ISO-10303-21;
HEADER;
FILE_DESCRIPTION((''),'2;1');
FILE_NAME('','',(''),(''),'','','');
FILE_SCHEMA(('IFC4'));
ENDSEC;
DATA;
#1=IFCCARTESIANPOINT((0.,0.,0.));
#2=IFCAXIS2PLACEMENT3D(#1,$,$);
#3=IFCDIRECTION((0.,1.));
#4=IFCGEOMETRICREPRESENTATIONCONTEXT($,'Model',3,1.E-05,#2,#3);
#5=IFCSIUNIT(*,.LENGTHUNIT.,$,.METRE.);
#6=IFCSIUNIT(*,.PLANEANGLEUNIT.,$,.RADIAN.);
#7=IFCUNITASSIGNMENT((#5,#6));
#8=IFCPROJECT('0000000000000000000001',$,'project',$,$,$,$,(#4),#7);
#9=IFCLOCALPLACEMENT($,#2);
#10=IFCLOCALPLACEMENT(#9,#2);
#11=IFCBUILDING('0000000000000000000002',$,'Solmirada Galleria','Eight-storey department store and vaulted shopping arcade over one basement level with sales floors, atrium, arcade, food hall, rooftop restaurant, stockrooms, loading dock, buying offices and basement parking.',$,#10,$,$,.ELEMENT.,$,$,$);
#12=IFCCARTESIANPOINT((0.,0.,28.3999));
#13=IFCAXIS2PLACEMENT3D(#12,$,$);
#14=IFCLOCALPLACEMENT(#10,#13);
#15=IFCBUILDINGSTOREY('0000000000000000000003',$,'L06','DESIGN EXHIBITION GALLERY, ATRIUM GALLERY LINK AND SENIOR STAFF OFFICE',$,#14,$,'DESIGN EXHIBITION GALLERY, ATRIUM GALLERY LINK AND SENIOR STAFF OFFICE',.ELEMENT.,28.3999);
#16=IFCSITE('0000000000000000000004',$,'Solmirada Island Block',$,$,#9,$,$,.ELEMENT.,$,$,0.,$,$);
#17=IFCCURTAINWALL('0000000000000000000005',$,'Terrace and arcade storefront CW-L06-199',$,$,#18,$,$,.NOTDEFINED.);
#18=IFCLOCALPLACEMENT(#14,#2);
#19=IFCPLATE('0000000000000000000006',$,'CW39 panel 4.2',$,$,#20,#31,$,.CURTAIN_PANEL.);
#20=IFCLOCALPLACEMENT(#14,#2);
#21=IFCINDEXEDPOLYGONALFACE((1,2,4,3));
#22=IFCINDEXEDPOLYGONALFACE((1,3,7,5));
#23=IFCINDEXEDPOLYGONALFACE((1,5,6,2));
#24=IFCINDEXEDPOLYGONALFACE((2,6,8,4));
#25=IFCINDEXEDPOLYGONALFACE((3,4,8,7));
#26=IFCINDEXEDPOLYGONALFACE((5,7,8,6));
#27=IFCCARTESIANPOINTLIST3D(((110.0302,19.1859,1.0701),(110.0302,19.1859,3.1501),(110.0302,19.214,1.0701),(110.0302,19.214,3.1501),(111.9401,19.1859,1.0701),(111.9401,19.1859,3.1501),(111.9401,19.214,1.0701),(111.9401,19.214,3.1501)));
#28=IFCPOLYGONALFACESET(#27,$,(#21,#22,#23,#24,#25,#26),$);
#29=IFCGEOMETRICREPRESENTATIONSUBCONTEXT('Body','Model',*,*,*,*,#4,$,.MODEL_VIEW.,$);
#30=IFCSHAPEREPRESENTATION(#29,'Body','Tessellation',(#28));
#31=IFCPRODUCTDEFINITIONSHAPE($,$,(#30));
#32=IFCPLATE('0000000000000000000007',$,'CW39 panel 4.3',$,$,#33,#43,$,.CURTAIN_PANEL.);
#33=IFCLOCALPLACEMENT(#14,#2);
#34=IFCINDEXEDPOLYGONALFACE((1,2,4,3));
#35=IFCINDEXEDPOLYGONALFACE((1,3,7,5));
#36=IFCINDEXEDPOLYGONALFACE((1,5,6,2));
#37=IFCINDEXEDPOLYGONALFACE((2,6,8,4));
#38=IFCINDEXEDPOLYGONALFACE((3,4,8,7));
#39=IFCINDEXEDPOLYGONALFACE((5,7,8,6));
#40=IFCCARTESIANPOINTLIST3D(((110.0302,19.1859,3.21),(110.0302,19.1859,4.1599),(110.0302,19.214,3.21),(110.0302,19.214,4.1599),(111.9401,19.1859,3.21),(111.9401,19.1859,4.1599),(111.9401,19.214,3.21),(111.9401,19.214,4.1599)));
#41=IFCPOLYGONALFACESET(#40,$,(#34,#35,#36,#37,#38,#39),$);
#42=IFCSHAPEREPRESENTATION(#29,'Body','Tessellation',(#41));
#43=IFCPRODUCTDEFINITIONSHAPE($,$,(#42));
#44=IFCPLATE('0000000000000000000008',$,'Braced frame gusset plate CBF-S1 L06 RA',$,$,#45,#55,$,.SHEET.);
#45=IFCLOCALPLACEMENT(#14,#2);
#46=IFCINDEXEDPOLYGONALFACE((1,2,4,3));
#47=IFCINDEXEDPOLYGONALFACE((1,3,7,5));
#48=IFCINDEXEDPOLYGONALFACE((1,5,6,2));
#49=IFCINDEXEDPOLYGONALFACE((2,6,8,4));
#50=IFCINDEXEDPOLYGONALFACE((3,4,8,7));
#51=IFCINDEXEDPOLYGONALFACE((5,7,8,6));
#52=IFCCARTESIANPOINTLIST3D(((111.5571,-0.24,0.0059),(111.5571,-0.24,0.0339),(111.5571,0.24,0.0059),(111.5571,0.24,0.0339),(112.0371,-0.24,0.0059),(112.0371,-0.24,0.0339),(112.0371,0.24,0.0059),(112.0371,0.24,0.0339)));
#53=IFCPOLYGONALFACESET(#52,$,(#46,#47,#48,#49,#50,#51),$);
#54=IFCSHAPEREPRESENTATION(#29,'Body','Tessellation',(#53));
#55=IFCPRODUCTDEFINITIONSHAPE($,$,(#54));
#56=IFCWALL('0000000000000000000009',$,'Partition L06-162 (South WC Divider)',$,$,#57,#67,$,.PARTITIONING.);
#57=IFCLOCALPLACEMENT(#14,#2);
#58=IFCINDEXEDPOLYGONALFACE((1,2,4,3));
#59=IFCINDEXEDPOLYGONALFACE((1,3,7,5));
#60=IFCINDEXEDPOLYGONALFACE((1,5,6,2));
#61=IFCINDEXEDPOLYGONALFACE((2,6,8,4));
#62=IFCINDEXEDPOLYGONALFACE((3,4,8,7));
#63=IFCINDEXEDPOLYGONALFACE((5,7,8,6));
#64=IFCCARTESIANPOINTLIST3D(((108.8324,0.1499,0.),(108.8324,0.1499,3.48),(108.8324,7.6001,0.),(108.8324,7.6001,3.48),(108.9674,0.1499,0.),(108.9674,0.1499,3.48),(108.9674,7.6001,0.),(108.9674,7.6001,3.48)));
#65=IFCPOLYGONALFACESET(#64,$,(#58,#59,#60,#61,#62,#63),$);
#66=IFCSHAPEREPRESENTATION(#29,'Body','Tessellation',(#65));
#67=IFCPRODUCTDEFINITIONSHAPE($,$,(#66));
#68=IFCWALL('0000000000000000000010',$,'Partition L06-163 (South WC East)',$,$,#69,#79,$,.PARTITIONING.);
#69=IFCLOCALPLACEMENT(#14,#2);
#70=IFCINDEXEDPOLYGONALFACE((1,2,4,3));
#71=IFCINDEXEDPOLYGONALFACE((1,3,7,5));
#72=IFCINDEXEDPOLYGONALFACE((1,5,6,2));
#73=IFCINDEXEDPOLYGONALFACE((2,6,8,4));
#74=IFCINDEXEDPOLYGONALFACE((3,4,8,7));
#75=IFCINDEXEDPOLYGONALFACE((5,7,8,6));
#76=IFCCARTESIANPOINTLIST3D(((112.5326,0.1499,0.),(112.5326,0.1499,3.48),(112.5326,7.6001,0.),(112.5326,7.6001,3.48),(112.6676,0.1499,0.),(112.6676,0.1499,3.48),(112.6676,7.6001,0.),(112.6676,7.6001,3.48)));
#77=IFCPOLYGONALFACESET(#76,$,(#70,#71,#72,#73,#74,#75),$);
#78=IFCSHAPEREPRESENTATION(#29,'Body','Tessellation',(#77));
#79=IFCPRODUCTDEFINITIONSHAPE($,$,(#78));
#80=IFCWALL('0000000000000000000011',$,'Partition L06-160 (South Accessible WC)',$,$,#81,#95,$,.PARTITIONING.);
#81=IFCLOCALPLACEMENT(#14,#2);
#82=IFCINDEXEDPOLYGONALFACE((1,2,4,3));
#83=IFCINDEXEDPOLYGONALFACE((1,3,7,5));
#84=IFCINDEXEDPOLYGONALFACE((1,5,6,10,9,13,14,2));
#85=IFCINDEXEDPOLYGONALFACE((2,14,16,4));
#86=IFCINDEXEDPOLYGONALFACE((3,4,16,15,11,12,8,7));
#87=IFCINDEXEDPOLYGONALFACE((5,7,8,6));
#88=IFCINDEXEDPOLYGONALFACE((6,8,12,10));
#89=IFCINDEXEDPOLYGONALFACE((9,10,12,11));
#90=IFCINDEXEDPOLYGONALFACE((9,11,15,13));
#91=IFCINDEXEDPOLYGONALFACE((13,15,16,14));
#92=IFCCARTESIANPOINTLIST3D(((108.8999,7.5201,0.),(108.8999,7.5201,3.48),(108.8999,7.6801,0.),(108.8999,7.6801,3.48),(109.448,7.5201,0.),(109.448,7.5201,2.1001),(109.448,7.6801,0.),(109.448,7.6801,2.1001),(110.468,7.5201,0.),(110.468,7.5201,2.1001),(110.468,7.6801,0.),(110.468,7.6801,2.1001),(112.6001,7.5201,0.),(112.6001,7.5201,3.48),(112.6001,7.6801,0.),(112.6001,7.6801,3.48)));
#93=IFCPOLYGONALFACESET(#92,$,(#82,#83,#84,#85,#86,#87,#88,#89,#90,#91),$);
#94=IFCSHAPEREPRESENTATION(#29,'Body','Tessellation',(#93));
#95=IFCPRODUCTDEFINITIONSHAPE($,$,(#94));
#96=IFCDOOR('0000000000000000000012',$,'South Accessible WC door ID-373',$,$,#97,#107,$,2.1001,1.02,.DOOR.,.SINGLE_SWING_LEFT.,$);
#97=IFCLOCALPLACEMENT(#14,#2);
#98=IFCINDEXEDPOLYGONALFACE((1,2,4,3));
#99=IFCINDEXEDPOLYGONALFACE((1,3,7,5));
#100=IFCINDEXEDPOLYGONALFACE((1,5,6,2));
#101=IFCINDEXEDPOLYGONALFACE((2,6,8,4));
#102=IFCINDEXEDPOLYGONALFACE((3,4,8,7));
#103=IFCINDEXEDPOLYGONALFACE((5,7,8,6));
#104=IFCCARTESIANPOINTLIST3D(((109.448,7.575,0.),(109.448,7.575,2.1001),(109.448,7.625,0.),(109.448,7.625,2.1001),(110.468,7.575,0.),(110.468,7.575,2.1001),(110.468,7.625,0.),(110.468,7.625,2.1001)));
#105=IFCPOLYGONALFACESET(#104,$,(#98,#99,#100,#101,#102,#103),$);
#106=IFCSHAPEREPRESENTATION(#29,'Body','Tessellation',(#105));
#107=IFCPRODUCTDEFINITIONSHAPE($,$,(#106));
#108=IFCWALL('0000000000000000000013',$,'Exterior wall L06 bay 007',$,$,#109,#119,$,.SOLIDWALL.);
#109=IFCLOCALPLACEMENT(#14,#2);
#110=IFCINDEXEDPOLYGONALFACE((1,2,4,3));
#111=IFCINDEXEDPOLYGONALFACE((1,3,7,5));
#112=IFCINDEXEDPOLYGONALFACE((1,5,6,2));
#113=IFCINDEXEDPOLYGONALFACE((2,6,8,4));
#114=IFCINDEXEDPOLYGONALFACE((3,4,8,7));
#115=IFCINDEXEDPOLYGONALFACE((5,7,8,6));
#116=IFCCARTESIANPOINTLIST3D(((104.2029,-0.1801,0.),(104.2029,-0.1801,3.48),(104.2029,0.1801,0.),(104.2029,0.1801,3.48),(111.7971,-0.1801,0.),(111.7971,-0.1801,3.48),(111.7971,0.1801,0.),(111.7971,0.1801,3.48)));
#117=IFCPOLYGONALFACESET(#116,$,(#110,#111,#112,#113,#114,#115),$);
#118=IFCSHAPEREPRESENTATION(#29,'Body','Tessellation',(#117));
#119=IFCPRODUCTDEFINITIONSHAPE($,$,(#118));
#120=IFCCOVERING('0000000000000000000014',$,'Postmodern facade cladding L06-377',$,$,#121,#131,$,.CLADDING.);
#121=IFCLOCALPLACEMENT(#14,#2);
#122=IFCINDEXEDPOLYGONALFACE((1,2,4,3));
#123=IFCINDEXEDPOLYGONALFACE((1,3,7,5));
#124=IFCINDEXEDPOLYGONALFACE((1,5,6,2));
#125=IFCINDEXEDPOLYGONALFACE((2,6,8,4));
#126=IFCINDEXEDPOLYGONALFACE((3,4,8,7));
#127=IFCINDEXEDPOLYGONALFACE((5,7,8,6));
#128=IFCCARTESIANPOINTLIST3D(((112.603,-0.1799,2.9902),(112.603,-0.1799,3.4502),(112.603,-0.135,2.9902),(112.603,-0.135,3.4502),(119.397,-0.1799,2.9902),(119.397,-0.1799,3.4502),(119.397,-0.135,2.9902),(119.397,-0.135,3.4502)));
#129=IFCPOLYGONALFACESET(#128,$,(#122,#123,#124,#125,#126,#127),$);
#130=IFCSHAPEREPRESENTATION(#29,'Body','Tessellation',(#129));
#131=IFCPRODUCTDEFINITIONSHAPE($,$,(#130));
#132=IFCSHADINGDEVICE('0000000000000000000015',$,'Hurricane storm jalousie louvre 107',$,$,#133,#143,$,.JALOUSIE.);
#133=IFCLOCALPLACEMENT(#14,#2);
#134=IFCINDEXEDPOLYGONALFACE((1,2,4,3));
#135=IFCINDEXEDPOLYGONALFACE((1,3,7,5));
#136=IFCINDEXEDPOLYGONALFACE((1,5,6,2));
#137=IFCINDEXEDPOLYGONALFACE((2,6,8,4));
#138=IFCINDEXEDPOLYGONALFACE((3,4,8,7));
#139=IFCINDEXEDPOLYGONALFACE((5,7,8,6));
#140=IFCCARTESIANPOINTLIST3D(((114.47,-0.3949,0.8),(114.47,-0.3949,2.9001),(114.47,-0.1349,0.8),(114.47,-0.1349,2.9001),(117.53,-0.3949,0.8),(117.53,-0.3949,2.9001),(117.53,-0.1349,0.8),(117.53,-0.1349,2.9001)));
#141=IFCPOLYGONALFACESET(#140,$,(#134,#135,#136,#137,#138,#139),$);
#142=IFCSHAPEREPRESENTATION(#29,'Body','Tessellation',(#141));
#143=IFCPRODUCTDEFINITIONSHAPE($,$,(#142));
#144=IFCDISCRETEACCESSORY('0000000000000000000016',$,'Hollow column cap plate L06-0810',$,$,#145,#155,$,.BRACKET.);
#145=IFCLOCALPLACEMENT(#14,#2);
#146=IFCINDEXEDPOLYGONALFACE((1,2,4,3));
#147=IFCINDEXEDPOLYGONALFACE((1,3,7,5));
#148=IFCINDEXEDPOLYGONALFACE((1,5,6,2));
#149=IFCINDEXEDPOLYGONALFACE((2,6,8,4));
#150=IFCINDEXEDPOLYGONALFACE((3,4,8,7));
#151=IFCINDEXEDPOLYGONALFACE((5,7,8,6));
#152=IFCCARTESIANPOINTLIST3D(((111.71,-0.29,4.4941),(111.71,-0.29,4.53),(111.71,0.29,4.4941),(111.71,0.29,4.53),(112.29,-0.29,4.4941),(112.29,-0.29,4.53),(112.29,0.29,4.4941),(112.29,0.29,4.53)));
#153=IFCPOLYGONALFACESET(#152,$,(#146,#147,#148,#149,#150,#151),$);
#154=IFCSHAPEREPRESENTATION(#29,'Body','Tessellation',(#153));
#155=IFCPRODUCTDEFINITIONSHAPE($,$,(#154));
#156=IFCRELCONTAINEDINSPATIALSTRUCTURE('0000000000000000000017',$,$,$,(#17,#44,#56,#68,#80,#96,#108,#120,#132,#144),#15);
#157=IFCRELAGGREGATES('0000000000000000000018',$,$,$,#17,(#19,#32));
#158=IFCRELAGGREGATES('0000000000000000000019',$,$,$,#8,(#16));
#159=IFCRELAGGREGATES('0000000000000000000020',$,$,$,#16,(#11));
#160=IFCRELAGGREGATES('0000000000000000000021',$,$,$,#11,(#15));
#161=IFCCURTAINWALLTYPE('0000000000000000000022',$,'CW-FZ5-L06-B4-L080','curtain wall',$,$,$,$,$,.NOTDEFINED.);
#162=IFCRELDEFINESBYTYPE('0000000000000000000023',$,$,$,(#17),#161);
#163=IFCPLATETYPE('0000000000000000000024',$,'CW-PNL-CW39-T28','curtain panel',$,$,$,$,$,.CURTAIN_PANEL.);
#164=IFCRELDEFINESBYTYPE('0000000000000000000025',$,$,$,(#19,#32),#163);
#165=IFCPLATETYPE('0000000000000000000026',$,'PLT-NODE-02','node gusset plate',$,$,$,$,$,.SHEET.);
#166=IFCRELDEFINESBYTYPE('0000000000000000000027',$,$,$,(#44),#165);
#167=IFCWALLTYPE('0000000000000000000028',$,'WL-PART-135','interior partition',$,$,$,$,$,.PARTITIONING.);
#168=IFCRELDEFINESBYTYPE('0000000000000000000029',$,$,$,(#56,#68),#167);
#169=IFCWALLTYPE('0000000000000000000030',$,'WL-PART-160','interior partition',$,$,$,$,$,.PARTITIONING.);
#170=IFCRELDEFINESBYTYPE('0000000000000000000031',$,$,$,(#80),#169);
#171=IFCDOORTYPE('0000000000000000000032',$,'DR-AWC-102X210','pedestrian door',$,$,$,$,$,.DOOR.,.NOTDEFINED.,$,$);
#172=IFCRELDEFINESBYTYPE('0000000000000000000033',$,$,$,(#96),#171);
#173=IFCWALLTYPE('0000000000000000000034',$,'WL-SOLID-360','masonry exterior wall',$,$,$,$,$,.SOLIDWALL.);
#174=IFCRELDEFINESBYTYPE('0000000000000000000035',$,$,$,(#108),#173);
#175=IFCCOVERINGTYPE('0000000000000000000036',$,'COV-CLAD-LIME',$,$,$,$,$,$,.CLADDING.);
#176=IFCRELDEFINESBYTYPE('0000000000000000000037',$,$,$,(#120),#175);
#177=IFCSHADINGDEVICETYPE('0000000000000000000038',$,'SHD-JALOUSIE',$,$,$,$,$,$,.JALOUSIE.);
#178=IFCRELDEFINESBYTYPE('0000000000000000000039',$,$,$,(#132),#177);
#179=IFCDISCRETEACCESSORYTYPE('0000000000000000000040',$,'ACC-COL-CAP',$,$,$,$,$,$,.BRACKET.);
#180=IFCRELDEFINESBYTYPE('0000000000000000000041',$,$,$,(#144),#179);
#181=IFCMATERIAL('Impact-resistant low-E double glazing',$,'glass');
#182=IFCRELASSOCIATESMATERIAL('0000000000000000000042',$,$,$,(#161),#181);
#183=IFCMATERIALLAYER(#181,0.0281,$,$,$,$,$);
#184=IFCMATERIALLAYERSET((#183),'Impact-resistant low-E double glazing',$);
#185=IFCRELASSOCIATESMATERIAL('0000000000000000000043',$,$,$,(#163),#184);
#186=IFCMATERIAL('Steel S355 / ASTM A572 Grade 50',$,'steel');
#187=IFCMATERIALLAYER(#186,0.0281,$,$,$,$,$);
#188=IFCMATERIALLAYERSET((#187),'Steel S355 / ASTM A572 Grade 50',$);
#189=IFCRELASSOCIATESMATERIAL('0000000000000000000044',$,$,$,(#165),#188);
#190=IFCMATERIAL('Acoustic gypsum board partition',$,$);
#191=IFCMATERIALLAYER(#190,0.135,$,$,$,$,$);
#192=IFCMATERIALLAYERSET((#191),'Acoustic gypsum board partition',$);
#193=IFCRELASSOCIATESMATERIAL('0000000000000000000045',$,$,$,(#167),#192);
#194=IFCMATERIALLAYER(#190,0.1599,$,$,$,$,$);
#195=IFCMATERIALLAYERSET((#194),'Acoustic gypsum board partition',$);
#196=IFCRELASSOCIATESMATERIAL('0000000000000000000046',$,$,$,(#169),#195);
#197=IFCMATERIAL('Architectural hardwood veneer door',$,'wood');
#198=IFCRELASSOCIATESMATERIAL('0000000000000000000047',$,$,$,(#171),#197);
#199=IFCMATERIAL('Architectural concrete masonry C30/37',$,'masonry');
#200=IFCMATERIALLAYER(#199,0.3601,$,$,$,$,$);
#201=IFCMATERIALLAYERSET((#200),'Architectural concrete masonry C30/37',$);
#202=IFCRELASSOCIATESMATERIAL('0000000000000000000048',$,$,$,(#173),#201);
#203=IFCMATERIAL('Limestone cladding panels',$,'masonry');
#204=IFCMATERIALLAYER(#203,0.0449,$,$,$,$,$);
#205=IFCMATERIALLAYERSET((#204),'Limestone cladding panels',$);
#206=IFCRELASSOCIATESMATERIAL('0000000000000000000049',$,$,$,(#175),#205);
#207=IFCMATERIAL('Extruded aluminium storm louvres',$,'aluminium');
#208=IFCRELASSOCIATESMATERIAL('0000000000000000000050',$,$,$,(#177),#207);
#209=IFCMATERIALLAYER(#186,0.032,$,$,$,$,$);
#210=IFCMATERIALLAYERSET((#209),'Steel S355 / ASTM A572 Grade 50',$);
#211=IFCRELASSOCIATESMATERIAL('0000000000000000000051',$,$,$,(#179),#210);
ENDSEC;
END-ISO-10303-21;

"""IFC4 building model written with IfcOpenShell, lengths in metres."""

from ifc_helpers import new_model, si_unit, direction, frame, frame_2d, origin, origin_2d, place, context, subcontext, project, spatial, rectangle, extrude, material, layer, layer_set, type_object, element, fill, aggregate, save


model = new_model("IFC4")

# Units and contexts
model_context = context("Model", 3, precision=1e-05, world=origin(), true_north=direction((0.0, 1.0)))
body_context = subcontext(model_context, "Body", "Model", "MODEL_VIEW")
ifc_project = project(units=[si_unit("LENGTHUNIT", "METRE"), si_unit("PLANEANGLEUNIT", "RADIAN")], contexts=[model_context])

# Site, building, storey
site_placement = place(None, origin())
site = spatial("IfcSite", under=ifc_project, at=site_placement, Name="Solmirada Island Block", CompositionType="ELEMENT", RefElevation=0.0)
building_placement = place(site_placement, origin())
building = spatial("IfcBuilding", under=site, at=building_placement, Name="Solmirada Galleria", Description="Eight-storey department store and vaulted shopping arcade over one basement level with sales floors, atrium, arcade, food hall, rooftop restaurant, stockrooms, loading dock, buying offices and basement parking.", CompositionType="ELEMENT")
storey_placement = place(building_placement, frame((0.0, 0.0, 28.3999)))
storey = spatial("IfcBuildingStorey", under=building, at=storey_placement, Name="L06", Description="DESIGN EXHIBITION GALLERY, ATRIUM GALLERY LINK AND SENIOR STAFF OFFICE", LongName="DESIGN EXHIBITION GALLERY, ATRIUM GALLERY LINK AND SENIOR STAFF OFFICE", CompositionType="ELEMENT", Elevation=28.3999)

# Curtain wall
ifc_material_1 = material(Name="Impact-resistant low-E double glazing", Category="glass")
curtain_wall_type = type_object("IfcCurtainWallType", Name="CW-FZ5-L06-B4-L080", Description="curtain wall", PredefinedType="NOTDEFINED", material=ifc_material_1)
curtain_wall_placement = place(storey_placement, origin())
curtain_wall = element("IfcCurtainWall", 1, at=curtain_wall_placement, inside=storey, type_object=curtain_wall_type, Name="Terrace and arcade storefront CW-L06-199", PredefinedType="NOTDEFINED")

# Plates
ifc_layer_1 = layer(ifc_material_1, 0.0281)
ifc_layer_set_1 = layer_set([ifc_layer_1], Name="Impact-resistant low-E double glazing")
plate_type_1 = type_object("IfcPlateType", Name="CW-PNL-CW39-T28", Description="curtain panel", PredefinedType="CURTAIN_PANEL", material=ifc_layer_set_1)
plate_1_placement = place(storey_placement, frame((110.9851, 19.2, 1.0701), z_axis=(0.0, 0.0, 1.0), x_axis=(1.0, 0.0, 0.0)))
plate_1 = element("IfcPlate", 2, at=plate_1_placement, type_object=plate_type_1, Name="CW39 panel 4.2", PredefinedType="CURTAIN_PANEL", context=body_context, shape_type="SweptSolid", body=[
    extrude(rectangle(XDim=1.9099, YDim=0.0281, at=origin_2d()), origin(), (0.0, 0.0, 1.0), 2.0801),
])
plate_2_placement = place(storey_placement, frame((110.9851, 19.2, 3.21), z_axis=(0.0, 0.0, 1.0), x_axis=(1.0, 0.0, 0.0)))
plate_2 = element("IfcPlate", 3, at=plate_2_placement, type_object=plate_type_1, Name="CW39 panel 4.3", PredefinedType="CURTAIN_PANEL", context=body_context, shape_type="SweptSolid", body=[
    extrude(rectangle(XDim=1.9099, YDim=0.0281, at=origin_2d()), origin(), (0.0, 0.0, 1.0), 0.95),
])
aggregate(curtain_wall, [plate_1, plate_2])
ifc_material_2 = material(Name="Steel S355 / ASTM A572 Grade 50", Category="steel")
ifc_layer_2 = layer(ifc_material_2, 0.0281)
ifc_layer_set_2 = layer_set([ifc_layer_2], Name="Steel S355 / ASTM A572 Grade 50")
plate_type_2 = type_object("IfcPlateType", Name="PLT-NODE-02", Description="node gusset plate", PredefinedType="SHEET", material=ifc_layer_set_2)
plate_3_placement = place(storey_placement, frame((111.7971, 0.0, 0.0059), z_axis=(0.0, 0.0, 1.0), x_axis=(1.0, 0.0, 0.0)))
element("IfcPlate", 4, at=plate_3_placement, inside=storey, type_object=plate_type_2, Name="Braced frame gusset plate CBF-S1 L06 RA", PredefinedType="SHEET", context=body_context, shape_type="SweptSolid", body=[
    extrude(rectangle(XDim=0.48, YDim=0.48, at=origin_2d()), origin(), (0.0, 0.0, 1.0), 0.0281),
])

# Walls
ifc_material_3 = material(Name="Acoustic gypsum board partition")
ifc_layer_3 = layer(ifc_material_3, 0.135)
ifc_layer_set_3 = layer_set([ifc_layer_3], Name="Acoustic gypsum board partition")
wall_type_1 = type_object("IfcWallType", Name="WL-PART-135", Description="interior partition", PredefinedType="PARTITIONING", material=ifc_layer_set_3)
for number, where, z_axis, x_axis, name in (
    (5, (108.8999, 0.1499, 0.0), (0.0, 0.0, 1.0), (0.0, 1.0, 0.0), "Partition L06-162 (South WC Divider)"),
    (6, (112.6001, 0.1499, 0.0), (0.0, 0.0, 1.0), (0.0, 1.0, 0.0), "Partition L06-163 (South WC East)"),
):
    element("IfcWall", number, at=place(storey_placement, frame(where, z_axis=z_axis, x_axis=x_axis)), inside=storey, type_object=wall_type_1, Name=name, PredefinedType="PARTITIONING", context=body_context, shape_type="SweptSolid", body=[
        extrude(rectangle(XDim=7.4502, YDim=0.135, at=frame_2d((3.7251, 0.0))), origin(), (0.0, 0.0, 1.0), 3.48),
    ])

# Wall, opening, door
ifc_layer_4 = layer(ifc_material_3, 0.1599)
ifc_layer_set_4 = layer_set([ifc_layer_4], Name="Acoustic gypsum board partition")
wall_type_2 = type_object("IfcWallType", Name="WL-PART-160", Description="interior partition", PredefinedType="PARTITIONING", material=ifc_layer_set_4)
wall_1_placement = place(storey_placement, frame((108.8999, 7.6001, 0.0), z_axis=(0.0, 0.0, 1.0), x_axis=(1.0, 0.0, 0.0)))
wall_1 = element("IfcWall", 7, at=wall_1_placement, inside=storey, type_object=wall_type_2, Name="Partition L06-160 (South Accessible WC)", PredefinedType="PARTITIONING", context=body_context, shape_type="SweptSolid", body=[
    extrude(rectangle(XDim=3.7002, YDim=0.1599, at=frame_2d((1.8501, 0.0))), origin(), (0.0, 0.0, 1.0), 3.48),
])
opening_placement = place(wall_1_placement, frame((0.5481, 0.0, 0.0)))
opening = element("IfcOpeningElement", 8, at=opening_placement, cuts=wall_1, PredefinedType="OPENING", context=body_context, shape_type="SweptSolid", body=[
    extrude(rectangle(XDim=1.02, YDim=2.1001, at=frame_2d((0.51, 1.05))), frame((0.0, 0.0898, 0.0), z_axis=(0.0, -1.0, 0.0), x_axis=(1.0, 0.0, 0.0)), (0.0, 0.0, 1.0), 0.1799),
])
ifc_material_4 = material(Name="Architectural hardwood veneer door", Category="wood")
door_type = type_object("IfcDoorType", Name="DR-AWC-102X210", Description="pedestrian door", OperationType="NOTDEFINED", PredefinedType="DOOR", material=ifc_material_4)
door_placement = place(opening_placement, origin())
door = element("IfcDoor", 9, at=door_placement, inside=storey, type_object=door_type, Name="South Accessible WC door ID-373", OperationType="SINGLE_SWING_LEFT", OverallHeight=2.1001, OverallWidth=1.02, PredefinedType="DOOR", context=body_context, shape_type="SweptSolid", body=[
    extrude(rectangle(XDim=1.02, YDim=2.1001, at=frame_2d((0.51, 1.05))), frame((0.0, 0.0249, 0.0), z_axis=(0.0, -1.0, 0.0), x_axis=(1.0, 0.0, 0.0)), (0.0, 0.0, 1.0), 0.05),
])
fill(opening, door)

# Wall
ifc_material_5 = material(Name="Architectural concrete masonry C30/37", Category="masonry")
ifc_layer_5 = layer(ifc_material_5, 0.3601)
ifc_layer_set_5 = layer_set([ifc_layer_5], Name="Architectural concrete masonry C30/37")
wall_type_3 = type_object("IfcWallType", Name="WL-SOLID-360", Description="masonry exterior wall", PredefinedType="SOLIDWALL", material=ifc_layer_set_5)
wall_2_placement = place(storey_placement, frame((111.7971, 0.0, 0.0), z_axis=(0.0, 0.0, 1.0), x_axis=(-1.0, 0.0, 0.0)))
element("IfcWall", 10, at=wall_2_placement, inside=storey, type_object=wall_type_3, Name="Exterior wall L06 bay 007", PredefinedType="SOLIDWALL", context=body_context, shape_type="SweptSolid", body=[
    extrude(rectangle(XDim=7.5942, YDim=0.3601, at=frame_2d((3.7971, 0.0))), origin(), (0.0, 0.0, 1.0), 3.48),
])

# Covering
ifc_material_6 = material(Name="Limestone cladding panels", Category="masonry")
ifc_layer_6 = layer(ifc_material_6, 0.0449)
ifc_layer_set_6 = layer_set([ifc_layer_6], Name="Limestone cladding panels")
covering_type = type_object("IfcCoveringType", Name="COV-CLAD-LIME", PredefinedType="CLADDING", material=ifc_layer_set_6)
covering_placement = place(storey_placement, frame((116.0, -0.1575, 2.9902), z_axis=(0.0, 0.0, 1.0), x_axis=(-1.0, 0.0, 0.0)))
element("IfcCovering", 11, at=covering_placement, inside=storey, type_object=covering_type, Name="Postmodern facade cladding L06-377", PredefinedType="CLADDING", context=body_context, shape_type="SweptSolid", body=[
    extrude(rectangle(XDim=6.7939, YDim=0.0449, at=origin_2d()), origin(), (0.0, 0.0, 1.0), 0.46),
])

# Shading device
ifc_material_7 = material(Name="Extruded aluminium storm louvres", Category="aluminium")
shading_device_type = type_object("IfcShadingDeviceType", Name="SHD-JALOUSIE", PredefinedType="JALOUSIE", material=ifc_material_7)
shading_device_placement = place(storey_placement, frame((116.0, -0.2649, 0.8), z_axis=(0.0, 0.0, 1.0), x_axis=(-1.0, 0.0, 0.0)))
element("IfcShadingDevice", 12, at=shading_device_placement, inside=storey, type_object=shading_device_type, Name="Hurricane storm jalousie louvre 107", PredefinedType="JALOUSIE", context=body_context, shape_type="SweptSolid", body=[
    extrude(rectangle(XDim=3.0601, YDim=0.26, at=origin_2d()), origin(), (0.0, 0.0, 1.0), 2.1001),
])

# Discrete accessory
ifc_layer_7 = layer(ifc_material_2, 0.032)
ifc_layer_set_7 = layer_set([ifc_layer_7], Name="Steel S355 / ASTM A572 Grade 50")
discrete_accessory_type = type_object("IfcDiscreteAccessoryType", Name="ACC-COL-CAP", PredefinedType="BRACKET", material=ifc_layer_set_7)
discrete_accessory_placement = place(storey_placement, frame((112.0, 0.0, 4.4941), z_axis=(0.0, 0.0, 1.0), x_axis=(1.0, 0.0, 0.0)))
element("IfcDiscreteAccessory", 13, at=discrete_accessory_placement, inside=storey, type_object=discrete_accessory_type, Name="Hollow column cap plate L06-0810", PredefinedType="BRACKET", context=body_context, shape_type="SweptSolid", body=[
    extrude(rectangle(XDim=0.5801, YDim=0.5801, at=origin_2d()), origin(), (0.0, 0.0, 1.0), 0.0359),
])

save(model, "model.ifc")
